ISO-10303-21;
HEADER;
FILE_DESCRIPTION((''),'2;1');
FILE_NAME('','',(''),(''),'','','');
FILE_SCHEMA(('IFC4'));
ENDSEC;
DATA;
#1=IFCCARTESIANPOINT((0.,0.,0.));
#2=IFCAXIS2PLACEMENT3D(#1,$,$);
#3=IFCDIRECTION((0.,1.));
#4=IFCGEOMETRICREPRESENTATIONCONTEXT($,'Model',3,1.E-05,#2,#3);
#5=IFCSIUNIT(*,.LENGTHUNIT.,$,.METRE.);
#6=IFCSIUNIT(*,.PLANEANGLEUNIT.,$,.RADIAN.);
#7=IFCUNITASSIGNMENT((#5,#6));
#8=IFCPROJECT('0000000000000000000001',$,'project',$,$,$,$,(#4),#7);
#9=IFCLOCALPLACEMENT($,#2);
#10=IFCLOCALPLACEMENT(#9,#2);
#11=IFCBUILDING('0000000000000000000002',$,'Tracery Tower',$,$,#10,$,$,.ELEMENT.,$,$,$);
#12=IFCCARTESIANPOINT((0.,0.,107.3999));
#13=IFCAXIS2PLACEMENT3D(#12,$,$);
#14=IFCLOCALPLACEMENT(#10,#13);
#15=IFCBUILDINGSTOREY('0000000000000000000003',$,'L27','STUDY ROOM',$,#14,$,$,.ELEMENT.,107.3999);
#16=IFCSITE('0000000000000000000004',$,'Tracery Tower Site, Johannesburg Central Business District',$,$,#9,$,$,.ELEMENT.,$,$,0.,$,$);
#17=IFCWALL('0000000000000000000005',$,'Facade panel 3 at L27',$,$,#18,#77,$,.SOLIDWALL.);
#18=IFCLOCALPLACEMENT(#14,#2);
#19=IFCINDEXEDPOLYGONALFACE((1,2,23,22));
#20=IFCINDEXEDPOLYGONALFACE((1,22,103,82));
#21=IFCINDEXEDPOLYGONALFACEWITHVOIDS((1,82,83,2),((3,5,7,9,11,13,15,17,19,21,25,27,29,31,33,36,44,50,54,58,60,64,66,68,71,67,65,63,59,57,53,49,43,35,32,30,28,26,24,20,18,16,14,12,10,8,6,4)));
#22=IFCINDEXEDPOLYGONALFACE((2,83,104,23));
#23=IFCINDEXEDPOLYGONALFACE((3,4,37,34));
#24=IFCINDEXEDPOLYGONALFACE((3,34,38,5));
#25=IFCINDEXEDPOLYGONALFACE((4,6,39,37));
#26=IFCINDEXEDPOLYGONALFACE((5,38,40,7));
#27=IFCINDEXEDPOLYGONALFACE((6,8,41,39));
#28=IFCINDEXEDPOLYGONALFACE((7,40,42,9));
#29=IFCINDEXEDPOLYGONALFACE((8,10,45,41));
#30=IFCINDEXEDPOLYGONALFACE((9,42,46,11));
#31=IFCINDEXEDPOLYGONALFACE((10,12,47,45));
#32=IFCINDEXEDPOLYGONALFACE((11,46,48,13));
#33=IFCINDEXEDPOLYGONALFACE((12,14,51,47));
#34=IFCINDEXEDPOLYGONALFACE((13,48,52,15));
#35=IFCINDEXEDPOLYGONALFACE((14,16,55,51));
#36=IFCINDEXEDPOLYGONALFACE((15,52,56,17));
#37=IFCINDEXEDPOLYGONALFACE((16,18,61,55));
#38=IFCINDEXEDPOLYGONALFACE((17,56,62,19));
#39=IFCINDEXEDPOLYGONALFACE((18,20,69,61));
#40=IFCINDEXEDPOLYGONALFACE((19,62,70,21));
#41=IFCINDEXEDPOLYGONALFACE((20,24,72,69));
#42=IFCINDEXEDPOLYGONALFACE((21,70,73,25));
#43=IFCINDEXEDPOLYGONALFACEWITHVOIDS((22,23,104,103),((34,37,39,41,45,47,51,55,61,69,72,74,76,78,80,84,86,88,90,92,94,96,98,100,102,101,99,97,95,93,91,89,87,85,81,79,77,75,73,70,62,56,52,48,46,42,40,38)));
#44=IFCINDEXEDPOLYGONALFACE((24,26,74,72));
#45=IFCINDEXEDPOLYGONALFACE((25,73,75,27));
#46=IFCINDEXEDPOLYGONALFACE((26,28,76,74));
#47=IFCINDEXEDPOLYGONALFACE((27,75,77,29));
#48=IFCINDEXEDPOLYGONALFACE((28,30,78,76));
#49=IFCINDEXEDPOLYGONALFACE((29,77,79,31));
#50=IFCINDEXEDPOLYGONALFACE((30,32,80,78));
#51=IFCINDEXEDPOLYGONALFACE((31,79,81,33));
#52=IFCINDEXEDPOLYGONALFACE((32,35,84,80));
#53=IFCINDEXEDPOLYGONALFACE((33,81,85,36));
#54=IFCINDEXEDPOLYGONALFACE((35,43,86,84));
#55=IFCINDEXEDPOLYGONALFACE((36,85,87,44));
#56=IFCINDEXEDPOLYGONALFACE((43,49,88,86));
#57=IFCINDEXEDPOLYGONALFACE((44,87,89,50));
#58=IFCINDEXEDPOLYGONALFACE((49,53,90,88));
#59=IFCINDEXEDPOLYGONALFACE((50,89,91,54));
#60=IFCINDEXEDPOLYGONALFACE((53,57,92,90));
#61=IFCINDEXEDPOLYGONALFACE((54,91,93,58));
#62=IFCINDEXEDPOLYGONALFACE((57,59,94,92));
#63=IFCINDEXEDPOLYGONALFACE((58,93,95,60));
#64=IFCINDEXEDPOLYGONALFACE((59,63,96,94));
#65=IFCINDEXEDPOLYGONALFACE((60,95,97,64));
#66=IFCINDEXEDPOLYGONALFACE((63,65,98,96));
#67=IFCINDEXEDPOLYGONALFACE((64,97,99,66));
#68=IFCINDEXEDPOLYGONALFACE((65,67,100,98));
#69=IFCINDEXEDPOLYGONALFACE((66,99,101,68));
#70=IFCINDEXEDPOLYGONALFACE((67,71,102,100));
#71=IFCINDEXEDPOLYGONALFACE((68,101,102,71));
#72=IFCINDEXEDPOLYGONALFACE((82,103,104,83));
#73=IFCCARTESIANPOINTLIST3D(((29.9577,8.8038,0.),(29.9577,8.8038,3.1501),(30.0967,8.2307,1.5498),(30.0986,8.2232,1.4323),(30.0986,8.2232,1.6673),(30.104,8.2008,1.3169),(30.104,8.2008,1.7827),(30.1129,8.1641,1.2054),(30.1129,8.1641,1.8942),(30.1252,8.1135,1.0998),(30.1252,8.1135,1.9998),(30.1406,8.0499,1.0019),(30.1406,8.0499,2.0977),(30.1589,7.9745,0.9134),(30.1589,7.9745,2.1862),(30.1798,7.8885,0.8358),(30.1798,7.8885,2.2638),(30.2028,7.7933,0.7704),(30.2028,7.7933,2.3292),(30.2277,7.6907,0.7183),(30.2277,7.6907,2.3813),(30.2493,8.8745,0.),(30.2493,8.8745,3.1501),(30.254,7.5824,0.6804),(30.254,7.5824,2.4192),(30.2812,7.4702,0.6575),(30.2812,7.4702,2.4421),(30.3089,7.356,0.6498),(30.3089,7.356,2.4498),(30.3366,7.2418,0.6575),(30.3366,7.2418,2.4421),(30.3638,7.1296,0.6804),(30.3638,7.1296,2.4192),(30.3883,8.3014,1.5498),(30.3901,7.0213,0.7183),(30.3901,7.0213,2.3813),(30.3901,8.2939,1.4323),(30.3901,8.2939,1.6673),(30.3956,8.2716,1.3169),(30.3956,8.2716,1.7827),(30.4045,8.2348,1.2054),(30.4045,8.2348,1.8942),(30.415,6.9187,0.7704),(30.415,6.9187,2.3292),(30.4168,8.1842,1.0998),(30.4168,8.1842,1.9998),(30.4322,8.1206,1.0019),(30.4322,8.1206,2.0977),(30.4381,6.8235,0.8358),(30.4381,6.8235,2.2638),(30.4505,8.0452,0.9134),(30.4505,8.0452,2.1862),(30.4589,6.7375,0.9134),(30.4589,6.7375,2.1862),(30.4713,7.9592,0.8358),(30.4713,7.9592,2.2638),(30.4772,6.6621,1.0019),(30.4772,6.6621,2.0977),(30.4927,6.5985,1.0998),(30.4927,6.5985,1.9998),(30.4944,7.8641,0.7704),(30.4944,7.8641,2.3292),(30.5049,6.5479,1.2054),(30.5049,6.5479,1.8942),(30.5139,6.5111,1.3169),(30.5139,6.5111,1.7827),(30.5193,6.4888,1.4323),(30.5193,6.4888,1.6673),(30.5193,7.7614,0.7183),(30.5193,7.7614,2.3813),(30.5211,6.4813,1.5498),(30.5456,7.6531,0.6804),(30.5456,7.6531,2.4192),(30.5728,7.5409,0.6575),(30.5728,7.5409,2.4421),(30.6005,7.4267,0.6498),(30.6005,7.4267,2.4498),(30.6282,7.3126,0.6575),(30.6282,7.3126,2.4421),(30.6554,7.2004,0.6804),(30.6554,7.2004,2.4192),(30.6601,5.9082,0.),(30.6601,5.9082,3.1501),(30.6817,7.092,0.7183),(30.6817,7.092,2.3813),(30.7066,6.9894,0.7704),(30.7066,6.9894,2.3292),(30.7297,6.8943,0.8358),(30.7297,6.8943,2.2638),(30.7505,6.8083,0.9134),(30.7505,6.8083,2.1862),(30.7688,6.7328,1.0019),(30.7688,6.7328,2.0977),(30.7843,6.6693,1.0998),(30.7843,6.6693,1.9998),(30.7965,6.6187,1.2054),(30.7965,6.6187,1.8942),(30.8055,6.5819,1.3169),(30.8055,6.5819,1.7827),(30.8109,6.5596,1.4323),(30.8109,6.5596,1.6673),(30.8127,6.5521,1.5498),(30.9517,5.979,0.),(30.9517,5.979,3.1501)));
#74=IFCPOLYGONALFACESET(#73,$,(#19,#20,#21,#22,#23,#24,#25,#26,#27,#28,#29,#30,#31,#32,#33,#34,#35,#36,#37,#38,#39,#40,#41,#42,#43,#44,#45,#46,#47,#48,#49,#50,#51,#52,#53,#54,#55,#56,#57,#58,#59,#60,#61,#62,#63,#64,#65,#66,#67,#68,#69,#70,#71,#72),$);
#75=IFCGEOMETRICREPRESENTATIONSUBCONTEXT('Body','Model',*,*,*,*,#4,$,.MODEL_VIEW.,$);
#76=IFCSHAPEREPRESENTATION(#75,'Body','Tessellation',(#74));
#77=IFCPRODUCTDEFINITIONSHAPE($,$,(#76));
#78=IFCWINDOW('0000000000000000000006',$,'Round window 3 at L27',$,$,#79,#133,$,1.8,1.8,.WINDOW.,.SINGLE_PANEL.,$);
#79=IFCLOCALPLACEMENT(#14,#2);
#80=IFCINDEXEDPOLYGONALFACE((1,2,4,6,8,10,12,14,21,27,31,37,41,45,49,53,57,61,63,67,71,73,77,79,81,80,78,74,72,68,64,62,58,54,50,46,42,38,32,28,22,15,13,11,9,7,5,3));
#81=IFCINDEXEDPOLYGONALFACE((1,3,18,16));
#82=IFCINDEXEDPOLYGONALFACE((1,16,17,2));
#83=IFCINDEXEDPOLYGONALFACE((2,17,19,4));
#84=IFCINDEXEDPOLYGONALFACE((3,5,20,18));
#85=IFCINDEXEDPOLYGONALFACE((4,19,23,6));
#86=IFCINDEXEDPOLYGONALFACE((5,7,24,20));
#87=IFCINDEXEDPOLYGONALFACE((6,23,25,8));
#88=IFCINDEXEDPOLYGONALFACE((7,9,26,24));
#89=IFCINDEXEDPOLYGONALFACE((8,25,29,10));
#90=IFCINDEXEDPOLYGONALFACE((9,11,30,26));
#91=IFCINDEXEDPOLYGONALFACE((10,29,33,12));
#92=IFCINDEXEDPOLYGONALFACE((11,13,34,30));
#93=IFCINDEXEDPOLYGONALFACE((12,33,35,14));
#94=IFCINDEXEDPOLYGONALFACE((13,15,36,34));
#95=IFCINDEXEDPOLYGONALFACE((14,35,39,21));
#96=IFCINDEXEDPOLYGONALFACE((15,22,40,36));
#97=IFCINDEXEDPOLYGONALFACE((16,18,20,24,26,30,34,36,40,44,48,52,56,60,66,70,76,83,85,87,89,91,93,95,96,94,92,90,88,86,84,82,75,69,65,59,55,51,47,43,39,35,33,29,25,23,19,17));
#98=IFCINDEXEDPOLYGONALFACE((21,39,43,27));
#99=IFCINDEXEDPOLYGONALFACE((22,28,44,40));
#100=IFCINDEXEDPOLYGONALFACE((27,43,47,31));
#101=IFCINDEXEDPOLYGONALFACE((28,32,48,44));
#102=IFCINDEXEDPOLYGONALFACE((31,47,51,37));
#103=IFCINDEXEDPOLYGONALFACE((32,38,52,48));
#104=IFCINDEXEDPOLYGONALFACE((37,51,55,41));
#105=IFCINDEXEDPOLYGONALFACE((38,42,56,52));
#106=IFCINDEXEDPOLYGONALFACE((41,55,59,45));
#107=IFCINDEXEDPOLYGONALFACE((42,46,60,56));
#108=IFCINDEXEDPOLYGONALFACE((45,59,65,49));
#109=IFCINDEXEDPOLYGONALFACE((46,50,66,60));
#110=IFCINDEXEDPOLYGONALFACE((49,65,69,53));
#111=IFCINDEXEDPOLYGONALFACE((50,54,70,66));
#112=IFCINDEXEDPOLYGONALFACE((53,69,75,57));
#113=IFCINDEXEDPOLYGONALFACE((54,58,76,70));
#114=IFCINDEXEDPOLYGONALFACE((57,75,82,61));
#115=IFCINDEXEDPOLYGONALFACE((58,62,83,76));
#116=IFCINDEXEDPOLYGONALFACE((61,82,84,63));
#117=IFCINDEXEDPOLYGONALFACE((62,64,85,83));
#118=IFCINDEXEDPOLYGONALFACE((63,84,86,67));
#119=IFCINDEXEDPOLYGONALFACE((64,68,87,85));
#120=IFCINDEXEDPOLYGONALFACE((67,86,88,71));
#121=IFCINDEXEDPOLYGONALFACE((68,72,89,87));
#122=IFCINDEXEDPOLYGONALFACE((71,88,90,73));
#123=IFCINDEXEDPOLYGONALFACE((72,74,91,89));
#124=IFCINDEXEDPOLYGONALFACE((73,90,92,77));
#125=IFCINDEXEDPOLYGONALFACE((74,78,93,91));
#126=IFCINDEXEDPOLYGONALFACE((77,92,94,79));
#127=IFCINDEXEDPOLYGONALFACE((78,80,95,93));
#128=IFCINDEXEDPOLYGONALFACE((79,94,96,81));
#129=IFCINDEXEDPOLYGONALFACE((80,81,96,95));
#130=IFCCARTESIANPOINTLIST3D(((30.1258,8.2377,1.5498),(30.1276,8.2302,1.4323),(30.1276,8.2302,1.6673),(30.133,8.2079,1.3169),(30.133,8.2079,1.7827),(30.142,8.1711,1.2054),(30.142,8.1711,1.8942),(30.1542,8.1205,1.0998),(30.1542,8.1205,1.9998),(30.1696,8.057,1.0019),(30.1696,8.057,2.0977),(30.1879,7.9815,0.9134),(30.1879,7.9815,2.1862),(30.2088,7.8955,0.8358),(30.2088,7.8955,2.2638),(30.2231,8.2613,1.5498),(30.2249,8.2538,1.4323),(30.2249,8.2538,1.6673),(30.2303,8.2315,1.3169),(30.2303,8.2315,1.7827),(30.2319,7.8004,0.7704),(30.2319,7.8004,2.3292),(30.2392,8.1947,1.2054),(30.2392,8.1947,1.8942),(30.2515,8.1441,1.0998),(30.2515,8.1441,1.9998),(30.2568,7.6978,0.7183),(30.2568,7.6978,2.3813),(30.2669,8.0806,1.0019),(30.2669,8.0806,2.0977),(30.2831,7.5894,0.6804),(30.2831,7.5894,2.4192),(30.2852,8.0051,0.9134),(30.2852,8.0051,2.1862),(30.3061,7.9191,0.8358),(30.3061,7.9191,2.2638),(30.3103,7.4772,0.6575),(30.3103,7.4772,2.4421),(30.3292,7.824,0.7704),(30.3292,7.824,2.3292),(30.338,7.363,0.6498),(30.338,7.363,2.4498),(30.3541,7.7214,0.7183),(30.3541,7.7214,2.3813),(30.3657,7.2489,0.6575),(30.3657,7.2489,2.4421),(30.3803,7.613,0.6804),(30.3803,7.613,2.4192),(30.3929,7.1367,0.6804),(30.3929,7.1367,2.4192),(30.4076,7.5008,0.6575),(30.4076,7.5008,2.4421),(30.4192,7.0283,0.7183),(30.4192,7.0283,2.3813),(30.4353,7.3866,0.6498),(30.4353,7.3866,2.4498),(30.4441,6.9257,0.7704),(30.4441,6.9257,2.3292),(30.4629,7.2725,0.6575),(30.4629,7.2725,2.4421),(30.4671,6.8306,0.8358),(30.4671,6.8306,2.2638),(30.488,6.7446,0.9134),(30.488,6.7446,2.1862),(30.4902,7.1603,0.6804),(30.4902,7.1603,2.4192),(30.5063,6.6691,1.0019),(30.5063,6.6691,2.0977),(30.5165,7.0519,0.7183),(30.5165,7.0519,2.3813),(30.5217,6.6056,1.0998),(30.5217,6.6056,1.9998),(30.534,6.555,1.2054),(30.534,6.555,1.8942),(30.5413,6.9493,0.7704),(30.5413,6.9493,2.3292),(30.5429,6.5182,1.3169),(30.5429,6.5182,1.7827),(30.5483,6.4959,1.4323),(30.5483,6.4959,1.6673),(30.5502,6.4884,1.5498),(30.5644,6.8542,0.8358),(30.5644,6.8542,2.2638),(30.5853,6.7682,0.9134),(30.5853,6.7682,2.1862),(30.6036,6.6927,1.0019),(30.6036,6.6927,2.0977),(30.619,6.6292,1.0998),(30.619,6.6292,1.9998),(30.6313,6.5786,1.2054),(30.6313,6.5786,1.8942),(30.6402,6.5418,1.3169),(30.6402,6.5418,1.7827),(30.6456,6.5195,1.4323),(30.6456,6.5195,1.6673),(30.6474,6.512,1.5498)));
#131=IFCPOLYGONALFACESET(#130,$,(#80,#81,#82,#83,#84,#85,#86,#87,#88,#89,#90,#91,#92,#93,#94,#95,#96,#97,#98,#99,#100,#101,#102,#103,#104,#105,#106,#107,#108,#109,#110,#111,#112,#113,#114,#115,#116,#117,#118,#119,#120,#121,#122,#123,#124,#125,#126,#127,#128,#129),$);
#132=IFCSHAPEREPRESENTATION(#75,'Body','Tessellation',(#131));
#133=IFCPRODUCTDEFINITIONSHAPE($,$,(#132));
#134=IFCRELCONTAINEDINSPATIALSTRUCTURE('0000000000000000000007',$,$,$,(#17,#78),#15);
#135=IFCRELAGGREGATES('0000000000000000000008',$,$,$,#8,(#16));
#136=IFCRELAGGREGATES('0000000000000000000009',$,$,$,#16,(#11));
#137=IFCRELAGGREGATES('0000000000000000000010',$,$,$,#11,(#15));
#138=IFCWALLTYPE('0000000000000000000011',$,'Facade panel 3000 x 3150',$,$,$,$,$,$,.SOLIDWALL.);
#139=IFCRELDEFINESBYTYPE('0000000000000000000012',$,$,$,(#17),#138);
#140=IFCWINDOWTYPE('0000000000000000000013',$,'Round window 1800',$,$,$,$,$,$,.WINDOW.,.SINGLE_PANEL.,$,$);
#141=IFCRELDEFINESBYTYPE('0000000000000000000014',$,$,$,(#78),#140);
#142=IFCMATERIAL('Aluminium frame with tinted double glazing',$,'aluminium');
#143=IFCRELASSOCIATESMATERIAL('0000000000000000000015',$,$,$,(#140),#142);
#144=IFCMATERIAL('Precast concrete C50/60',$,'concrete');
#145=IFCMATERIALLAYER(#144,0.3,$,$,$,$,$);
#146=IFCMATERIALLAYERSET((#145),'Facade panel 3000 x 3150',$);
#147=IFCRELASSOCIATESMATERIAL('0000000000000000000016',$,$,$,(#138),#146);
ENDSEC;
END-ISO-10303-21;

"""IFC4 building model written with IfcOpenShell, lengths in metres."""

from ifc_helpers import new_model, si_unit, direction, frame, frame_2d, origin, origin_2d, place, context, subcontext, project, spatial, rectangle, circle, extrude, material, layer, layer_set, type_object, element, fill, save


model = new_model("IFC4")

# Units and contexts
model_context = context("Model", 3, precision=1e-05, world=origin(), true_north=direction((0.0, 1.0)))
body_context = subcontext(model_context, "Body", "Model", "MODEL_VIEW")
ifc_project = project(units=[si_unit("LENGTHUNIT", "METRE"), si_unit("PLANEANGLEUNIT", "RADIAN")], contexts=[model_context])

# Site, building, storey
site_placement = place(None, origin())
site = spatial("IfcSite", under=ifc_project, at=site_placement, Name="Tracery Tower Site, Johannesburg Central Business District", CompositionType="ELEMENT", RefElevation=0.0)
building_placement = place(site_placement, origin())
building = spatial("IfcBuilding", under=site, at=building_placement, Name="Tracery Tower", CompositionType="ELEMENT")
storey_placement = place(building_placement, frame((0.0, 0.0, 107.3999)))
storey = spatial("IfcBuildingStorey", under=building, at=storey_placement, Name="L27", Description="STUDY ROOM", CompositionType="ELEMENT", Elevation=107.3999)

# Wall, opening, window
ifc_material_1 = material(Name="Aluminium frame with tinted double glazing", Category="aluminium")
window_type = type_object("IfcWindowType", Name="Round window 1800", PartitioningType="SINGLE_PANEL", PredefinedType="WINDOW", material=ifc_material_1)
ifc_material_2 = material(Name="Precast concrete C50/60", Category="concrete")
ifc_layer_1 = layer(ifc_material_2, 0.3)
ifc_layer_set_1 = layer_set([ifc_layer_1], Name="Facade panel 3000 x 3150")
wall_type_1 = type_object("IfcWallType", Name="Facade panel 3000 x 3150", PredefinedType="SOLIDWALL", material=ifc_layer_set_1)
wall_1_placement = place(storey_placement, frame((30.8059, 5.9436, 0.0), z_axis=(0.0, 0.0, 1.0), x_axis=(-0.235743, 0.971815, 0.0)))
wall_1 = element("IfcWall", 1, at=wall_1_placement, inside=storey, type_object=wall_type_1, Name="Facade panel 3 at L27", PredefinedType="SOLIDWALL", context=body_context, shape_type="SweptSolid", body=[
    extrude(rectangle(XDim=2.9795, YDim=0.3, at=frame_2d((1.4897, 0.0))), origin(), (0.0, 0.0, 1.0), 3.1501),
])
opening_1_placement = place(wall_1_placement, frame((1.4897, 0.0, 1.5498)))
opening_1 = element("IfcOpeningElement", 2, at=opening_1_placement, cuts=wall_1, PredefinedType="OPENING", context=body_context, shape_type="SweptSolid", body=[
    extrude(circle(Radius=0.9, at=origin_2d()), frame((0.0, 0.1599, 0.0), z_axis=(0.0, -1.0, 0.0), x_axis=(1.0, 0.0, 0.0)), (0.0, 0.0, 1.0), 0.3201),
])
window_1_placement = place(opening_1_placement, origin())
window_1 = element("IfcWindow", 3, at=window_1_placement, inside=storey, type_object=window_type, Name="Round window 3 at L27", OverallHeight=1.8, OverallWidth=1.8, PartitioningType="SINGLE_PANEL", PredefinedType="WINDOW", context=body_context, shape_type="SweptSolid", body=[
    extrude(circle(Radius=0.9, at=origin_2d()), frame((0.0, 0.1201, 0.0), z_axis=(0.0, -1.0, 0.0), x_axis=(1.0, 0.0, 0.0)), (0.0, 0.0, 1.0), 0.1001),
])
fill(opening_1, window_1)

save(model, "model.ifc")
